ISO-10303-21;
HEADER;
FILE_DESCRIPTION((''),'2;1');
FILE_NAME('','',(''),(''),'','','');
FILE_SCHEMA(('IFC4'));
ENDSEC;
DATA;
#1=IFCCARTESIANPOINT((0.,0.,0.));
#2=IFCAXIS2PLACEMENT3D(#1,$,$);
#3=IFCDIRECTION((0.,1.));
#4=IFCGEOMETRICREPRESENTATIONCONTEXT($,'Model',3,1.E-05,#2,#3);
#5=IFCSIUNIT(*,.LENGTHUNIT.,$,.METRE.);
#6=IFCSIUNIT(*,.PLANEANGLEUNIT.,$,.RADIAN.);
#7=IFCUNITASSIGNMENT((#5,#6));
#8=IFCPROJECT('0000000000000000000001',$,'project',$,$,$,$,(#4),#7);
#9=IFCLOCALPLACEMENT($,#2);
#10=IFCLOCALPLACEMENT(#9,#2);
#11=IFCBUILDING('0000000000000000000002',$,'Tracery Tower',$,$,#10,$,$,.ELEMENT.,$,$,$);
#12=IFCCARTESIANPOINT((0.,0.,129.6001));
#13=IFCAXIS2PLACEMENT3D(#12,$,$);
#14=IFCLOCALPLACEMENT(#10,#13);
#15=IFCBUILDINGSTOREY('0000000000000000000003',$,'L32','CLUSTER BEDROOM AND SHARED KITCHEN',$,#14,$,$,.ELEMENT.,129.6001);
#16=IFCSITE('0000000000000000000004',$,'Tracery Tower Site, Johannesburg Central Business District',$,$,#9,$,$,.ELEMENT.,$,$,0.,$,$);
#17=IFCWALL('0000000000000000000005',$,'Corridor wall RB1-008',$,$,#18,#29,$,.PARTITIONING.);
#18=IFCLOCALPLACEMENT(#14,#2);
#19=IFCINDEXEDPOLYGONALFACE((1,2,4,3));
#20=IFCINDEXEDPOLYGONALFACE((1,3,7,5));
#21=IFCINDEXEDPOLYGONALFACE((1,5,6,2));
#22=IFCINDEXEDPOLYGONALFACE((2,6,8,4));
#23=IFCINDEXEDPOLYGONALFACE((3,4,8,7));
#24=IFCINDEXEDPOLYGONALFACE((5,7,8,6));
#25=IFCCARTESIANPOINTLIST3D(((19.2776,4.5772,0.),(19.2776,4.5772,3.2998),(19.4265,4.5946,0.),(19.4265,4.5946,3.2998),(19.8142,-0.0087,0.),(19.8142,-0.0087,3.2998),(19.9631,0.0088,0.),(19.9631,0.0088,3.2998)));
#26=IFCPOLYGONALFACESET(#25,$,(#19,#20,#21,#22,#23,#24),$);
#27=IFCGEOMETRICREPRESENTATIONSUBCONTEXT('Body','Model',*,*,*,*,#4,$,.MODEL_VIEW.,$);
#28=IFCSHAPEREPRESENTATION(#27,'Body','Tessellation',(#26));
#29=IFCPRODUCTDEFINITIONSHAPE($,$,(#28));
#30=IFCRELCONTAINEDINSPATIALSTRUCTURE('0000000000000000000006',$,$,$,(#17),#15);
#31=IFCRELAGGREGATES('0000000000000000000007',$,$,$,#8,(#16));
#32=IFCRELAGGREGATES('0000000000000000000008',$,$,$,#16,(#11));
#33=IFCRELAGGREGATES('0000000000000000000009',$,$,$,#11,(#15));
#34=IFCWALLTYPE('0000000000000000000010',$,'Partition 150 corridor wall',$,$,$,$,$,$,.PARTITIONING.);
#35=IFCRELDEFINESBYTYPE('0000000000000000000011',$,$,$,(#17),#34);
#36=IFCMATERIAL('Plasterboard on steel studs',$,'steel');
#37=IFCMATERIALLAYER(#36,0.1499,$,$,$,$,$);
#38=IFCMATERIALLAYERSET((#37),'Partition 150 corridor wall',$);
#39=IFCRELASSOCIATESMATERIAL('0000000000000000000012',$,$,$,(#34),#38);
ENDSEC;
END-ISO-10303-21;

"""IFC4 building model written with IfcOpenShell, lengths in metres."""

from ifc_helpers import new_model, si_unit, direction, frame, frame_2d, origin, place, context, subcontext, project, spatial, rectangle, extrude, material, layer, layer_set, type_object, element, save


model = new_model("IFC4")

# Units and contexts
model_context = context("Model", 3, precision=1e-05, world=origin(), true_north=direction((0.0, 1.0)))
body_context = subcontext(model_context, "Body", "Model", "MODEL_VIEW")
ifc_project = project(units=[si_unit("LENGTHUNIT", "METRE"), si_unit("PLANEANGLEUNIT", "RADIAN")], contexts=[model_context])

# Site, building, storey
site_placement = place(None, origin())
site = spatial("IfcSite", under=ifc_project, at=site_placement, Name="Tracery Tower Site, Johannesburg Central Business District", CompositionType="ELEMENT", RefElevation=0.0)
building_placement = place(site_placement, origin())
building = spatial("IfcBuilding", under=site, at=building_placement, Name="Tracery Tower", CompositionType="ELEMENT")
storey_placement = place(building_placement, frame((0.0, 0.0, 129.6001)))
storey = spatial("IfcBuildingStorey", under=building, at=storey_placement, Name="L32", Description="CLUSTER BEDROOM AND SHARED KITCHEN", CompositionType="ELEMENT", Elevation=129.6001)

# Wall
ifc_material_1 = material(Name="Plasterboard on steel studs", Category="steel")
ifc_layer_1 = layer(ifc_material_1, 0.1499)
ifc_layer_set_1 = layer_set([ifc_layer_1], Name="Partition 150 corridor wall")
wall_type_1 = type_object("IfcWallType", Name="Partition 150 corridor wall", PredefinedType="PARTITIONING", material=ifc_layer_set_1)
wall_1_placement = place(storey_placement, frame((19.3521, 4.5859, 0.0), z_axis=(0.0, 0.0, 1.0), x_axis=(0.116222, -0.993223, 0.0)))
element("IfcWall", 1, at=wall_1_placement, inside=storey, type_object=wall_type_1, Name="Corridor wall RB1-008", PredefinedType="PARTITIONING", context=body_context, shape_type="SweptSolid", body=[
    extrude(rectangle(XDim=4.6172, YDim=0.1499, at=frame_2d((2.3086, 0.0))), origin(), (0.0, 0.0, 1.0), 3.2998),
])

save(model, "model.ifc")
